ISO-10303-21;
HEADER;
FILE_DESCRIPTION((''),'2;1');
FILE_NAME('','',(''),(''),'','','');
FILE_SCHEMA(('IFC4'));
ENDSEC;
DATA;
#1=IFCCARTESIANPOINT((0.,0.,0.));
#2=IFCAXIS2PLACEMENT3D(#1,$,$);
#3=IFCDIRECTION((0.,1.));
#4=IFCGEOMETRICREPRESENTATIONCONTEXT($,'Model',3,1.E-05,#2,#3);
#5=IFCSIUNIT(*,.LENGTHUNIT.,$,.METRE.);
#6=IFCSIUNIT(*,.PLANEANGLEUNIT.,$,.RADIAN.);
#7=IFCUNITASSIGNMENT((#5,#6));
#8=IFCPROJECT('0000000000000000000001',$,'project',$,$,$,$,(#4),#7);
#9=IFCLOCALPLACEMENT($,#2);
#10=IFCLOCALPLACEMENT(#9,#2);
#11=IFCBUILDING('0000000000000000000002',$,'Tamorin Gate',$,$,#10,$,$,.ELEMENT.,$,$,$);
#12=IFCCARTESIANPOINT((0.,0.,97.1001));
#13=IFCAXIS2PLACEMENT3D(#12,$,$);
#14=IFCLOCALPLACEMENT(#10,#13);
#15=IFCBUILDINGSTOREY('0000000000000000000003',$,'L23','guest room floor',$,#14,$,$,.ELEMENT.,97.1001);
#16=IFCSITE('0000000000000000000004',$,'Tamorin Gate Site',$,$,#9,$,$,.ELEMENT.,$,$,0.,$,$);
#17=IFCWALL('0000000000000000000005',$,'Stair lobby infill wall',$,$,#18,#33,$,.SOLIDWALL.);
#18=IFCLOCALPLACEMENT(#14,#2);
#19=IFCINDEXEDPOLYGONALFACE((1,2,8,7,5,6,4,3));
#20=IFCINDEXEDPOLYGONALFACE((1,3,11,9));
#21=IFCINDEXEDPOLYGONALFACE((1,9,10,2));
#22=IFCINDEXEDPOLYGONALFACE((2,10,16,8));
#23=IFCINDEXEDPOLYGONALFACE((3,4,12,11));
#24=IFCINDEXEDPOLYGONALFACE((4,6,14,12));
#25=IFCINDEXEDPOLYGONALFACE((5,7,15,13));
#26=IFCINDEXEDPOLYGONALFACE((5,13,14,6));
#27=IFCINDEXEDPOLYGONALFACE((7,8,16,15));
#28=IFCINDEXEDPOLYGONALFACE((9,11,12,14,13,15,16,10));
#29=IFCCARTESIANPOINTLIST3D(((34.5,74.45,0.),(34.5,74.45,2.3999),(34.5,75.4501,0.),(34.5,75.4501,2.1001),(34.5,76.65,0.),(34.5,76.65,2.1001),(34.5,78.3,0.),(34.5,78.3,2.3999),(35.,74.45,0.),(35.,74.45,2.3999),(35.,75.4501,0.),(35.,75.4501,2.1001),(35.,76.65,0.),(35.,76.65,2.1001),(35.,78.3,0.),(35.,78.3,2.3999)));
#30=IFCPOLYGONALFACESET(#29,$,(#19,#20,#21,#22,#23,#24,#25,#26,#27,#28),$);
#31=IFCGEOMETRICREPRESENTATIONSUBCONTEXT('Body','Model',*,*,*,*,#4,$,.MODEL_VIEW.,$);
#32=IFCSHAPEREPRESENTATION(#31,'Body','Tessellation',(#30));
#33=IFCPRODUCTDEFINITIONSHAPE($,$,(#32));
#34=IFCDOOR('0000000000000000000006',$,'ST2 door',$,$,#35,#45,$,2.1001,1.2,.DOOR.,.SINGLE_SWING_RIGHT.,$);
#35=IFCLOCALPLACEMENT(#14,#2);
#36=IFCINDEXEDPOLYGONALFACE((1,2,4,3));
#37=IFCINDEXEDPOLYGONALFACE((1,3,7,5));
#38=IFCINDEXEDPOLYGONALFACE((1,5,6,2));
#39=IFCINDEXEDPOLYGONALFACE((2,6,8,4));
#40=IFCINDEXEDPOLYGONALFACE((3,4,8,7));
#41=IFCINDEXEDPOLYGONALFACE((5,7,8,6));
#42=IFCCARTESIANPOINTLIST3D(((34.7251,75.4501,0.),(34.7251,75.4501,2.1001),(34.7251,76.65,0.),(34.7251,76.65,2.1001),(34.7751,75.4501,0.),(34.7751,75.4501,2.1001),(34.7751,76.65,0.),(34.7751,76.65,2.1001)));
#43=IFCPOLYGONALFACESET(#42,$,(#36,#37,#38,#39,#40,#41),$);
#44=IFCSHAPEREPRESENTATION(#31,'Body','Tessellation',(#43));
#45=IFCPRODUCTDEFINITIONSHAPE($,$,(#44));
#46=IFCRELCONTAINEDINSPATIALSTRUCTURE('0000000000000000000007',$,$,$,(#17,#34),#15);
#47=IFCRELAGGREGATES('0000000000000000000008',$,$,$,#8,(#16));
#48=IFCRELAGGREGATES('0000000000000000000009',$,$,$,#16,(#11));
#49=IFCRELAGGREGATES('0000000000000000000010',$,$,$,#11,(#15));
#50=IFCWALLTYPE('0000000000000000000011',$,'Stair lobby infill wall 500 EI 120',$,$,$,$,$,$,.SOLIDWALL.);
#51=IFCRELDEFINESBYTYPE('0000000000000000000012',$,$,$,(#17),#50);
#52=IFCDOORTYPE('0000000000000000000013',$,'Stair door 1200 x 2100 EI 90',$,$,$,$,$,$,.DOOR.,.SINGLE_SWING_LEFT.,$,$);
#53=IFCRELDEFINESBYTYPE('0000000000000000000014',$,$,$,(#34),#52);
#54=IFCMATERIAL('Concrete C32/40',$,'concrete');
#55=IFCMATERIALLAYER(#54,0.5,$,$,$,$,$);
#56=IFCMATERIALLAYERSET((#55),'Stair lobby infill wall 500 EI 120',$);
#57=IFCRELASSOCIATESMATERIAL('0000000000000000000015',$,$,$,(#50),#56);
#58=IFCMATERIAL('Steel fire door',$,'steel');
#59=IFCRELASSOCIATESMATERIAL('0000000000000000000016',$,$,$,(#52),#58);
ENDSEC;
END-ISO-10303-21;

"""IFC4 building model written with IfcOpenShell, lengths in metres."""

from ifc_helpers import new_model, si_unit, direction, frame, frame_2d, origin, place, context, subcontext, project, spatial, rectangle, extrude, material, layer, layer_set, type_object, element, fill, save


model = new_model("IFC4")

# Units and contexts
model_context = context("Model", 3, precision=1e-05, world=origin(), true_north=direction((0.0, 1.0)))
body_context = subcontext(model_context, "Body", "Model", "MODEL_VIEW")
ifc_project = project(units=[si_unit("LENGTHUNIT", "METRE"), si_unit("PLANEANGLEUNIT", "RADIAN")], contexts=[model_context])

# Site, building, storey
site_placement = place(None, origin())
site = spatial("IfcSite", under=ifc_project, at=site_placement, Name="Tamorin Gate Site", CompositionType="ELEMENT", RefElevation=0.0)
building_placement = place(site_placement, origin())
building = spatial("IfcBuilding", under=site, at=building_placement, Name="Tamorin Gate", CompositionType="ELEMENT")
storey_placement = place(building_placement, frame((0.0, 0.0, 97.1001)))
storey = spatial("IfcBuildingStorey", under=building, at=storey_placement, Name="L23", Description="guest room floor", CompositionType="ELEMENT", Elevation=97.1001)

# Wall, opening, door
ifc_material_1 = material(Name="Steel fire door", Category="steel")
ifc_material_2 = material(Name="Concrete C32/40", Category="concrete")
ifc_layer_1 = layer(ifc_material_2, 0.5)
ifc_layer_set_1 = layer_set([ifc_layer_1], Name="Stair lobby infill wall 500 EI 120")
wall_type_1 = type_object("IfcWallType", Name="Stair lobby infill wall 500 EI 120", PredefinedType="SOLIDWALL", material=ifc_layer_set_1)
wall_1_placement = place(storey_placement, frame((34.75, 74.45, 0.0), z_axis=(0.0, 0.0, 1.0), x_axis=(0.0, 1.0, 0.0)))
wall_1 = element("IfcWall", 1, at=wall_1_placement, inside=storey, type_object=wall_type_1, Name="Stair lobby infill wall", PredefinedType="SOLIDWALL", context=body_context, shape_type="SweptSolid", body=[
    extrude(rectangle(XDim=3.8501, YDim=0.5, at=frame_2d((1.925, 0.0))), origin(), (0.0, 0.0, 1.0), 2.3999),
])
opening_1_placement = place(wall_1_placement, frame((1.0, 0.0, 0.0)))
opening_1 = element("IfcOpeningElement", 2, at=opening_1_placement, cuts=wall_1, PredefinedType="OPENING", context=body_context, shape_type="SweptSolid", body=[
    extrude(rectangle(XDim=1.2, YDim=2.1001, at=frame_2d((0.6001, 1.05))), frame((0.0, 0.26, 0.0), z_axis=(0.0, -1.0, 0.0), x_axis=(1.0, 0.0, 0.0)), (0.0, 0.0, 1.0), 0.52),
])
door_type_1 = type_object("IfcDoorType", Name="Stair door 1200 x 2100 EI 90", OperationType="SINGLE_SWING_LEFT", PredefinedType="DOOR", material=ifc_material_1)
door_1_placement = place(opening_1_placement, origin())
door_1 = element("IfcDoor", 3, at=door_1_placement, inside=storey, type_object=door_type_1, Name="ST2 door", OperationType="SINGLE_SWING_RIGHT", OverallHeight=2.1001, OverallWidth=1.2, PredefinedType="DOOR", context=body_context, shape_type="SweptSolid", body=[
    extrude(rectangle(XDim=1.2, YDim=2.1001, at=frame_2d((0.6001, 1.05))), frame((0.0, 0.0249, 0.0), z_axis=(0.0, -1.0, 0.0), x_axis=(1.0, 0.0, 0.0)), (0.0, 0.0, 1.0), 0.05),
])
fill(opening_1, door_1)

save(model, "model.ifc")
